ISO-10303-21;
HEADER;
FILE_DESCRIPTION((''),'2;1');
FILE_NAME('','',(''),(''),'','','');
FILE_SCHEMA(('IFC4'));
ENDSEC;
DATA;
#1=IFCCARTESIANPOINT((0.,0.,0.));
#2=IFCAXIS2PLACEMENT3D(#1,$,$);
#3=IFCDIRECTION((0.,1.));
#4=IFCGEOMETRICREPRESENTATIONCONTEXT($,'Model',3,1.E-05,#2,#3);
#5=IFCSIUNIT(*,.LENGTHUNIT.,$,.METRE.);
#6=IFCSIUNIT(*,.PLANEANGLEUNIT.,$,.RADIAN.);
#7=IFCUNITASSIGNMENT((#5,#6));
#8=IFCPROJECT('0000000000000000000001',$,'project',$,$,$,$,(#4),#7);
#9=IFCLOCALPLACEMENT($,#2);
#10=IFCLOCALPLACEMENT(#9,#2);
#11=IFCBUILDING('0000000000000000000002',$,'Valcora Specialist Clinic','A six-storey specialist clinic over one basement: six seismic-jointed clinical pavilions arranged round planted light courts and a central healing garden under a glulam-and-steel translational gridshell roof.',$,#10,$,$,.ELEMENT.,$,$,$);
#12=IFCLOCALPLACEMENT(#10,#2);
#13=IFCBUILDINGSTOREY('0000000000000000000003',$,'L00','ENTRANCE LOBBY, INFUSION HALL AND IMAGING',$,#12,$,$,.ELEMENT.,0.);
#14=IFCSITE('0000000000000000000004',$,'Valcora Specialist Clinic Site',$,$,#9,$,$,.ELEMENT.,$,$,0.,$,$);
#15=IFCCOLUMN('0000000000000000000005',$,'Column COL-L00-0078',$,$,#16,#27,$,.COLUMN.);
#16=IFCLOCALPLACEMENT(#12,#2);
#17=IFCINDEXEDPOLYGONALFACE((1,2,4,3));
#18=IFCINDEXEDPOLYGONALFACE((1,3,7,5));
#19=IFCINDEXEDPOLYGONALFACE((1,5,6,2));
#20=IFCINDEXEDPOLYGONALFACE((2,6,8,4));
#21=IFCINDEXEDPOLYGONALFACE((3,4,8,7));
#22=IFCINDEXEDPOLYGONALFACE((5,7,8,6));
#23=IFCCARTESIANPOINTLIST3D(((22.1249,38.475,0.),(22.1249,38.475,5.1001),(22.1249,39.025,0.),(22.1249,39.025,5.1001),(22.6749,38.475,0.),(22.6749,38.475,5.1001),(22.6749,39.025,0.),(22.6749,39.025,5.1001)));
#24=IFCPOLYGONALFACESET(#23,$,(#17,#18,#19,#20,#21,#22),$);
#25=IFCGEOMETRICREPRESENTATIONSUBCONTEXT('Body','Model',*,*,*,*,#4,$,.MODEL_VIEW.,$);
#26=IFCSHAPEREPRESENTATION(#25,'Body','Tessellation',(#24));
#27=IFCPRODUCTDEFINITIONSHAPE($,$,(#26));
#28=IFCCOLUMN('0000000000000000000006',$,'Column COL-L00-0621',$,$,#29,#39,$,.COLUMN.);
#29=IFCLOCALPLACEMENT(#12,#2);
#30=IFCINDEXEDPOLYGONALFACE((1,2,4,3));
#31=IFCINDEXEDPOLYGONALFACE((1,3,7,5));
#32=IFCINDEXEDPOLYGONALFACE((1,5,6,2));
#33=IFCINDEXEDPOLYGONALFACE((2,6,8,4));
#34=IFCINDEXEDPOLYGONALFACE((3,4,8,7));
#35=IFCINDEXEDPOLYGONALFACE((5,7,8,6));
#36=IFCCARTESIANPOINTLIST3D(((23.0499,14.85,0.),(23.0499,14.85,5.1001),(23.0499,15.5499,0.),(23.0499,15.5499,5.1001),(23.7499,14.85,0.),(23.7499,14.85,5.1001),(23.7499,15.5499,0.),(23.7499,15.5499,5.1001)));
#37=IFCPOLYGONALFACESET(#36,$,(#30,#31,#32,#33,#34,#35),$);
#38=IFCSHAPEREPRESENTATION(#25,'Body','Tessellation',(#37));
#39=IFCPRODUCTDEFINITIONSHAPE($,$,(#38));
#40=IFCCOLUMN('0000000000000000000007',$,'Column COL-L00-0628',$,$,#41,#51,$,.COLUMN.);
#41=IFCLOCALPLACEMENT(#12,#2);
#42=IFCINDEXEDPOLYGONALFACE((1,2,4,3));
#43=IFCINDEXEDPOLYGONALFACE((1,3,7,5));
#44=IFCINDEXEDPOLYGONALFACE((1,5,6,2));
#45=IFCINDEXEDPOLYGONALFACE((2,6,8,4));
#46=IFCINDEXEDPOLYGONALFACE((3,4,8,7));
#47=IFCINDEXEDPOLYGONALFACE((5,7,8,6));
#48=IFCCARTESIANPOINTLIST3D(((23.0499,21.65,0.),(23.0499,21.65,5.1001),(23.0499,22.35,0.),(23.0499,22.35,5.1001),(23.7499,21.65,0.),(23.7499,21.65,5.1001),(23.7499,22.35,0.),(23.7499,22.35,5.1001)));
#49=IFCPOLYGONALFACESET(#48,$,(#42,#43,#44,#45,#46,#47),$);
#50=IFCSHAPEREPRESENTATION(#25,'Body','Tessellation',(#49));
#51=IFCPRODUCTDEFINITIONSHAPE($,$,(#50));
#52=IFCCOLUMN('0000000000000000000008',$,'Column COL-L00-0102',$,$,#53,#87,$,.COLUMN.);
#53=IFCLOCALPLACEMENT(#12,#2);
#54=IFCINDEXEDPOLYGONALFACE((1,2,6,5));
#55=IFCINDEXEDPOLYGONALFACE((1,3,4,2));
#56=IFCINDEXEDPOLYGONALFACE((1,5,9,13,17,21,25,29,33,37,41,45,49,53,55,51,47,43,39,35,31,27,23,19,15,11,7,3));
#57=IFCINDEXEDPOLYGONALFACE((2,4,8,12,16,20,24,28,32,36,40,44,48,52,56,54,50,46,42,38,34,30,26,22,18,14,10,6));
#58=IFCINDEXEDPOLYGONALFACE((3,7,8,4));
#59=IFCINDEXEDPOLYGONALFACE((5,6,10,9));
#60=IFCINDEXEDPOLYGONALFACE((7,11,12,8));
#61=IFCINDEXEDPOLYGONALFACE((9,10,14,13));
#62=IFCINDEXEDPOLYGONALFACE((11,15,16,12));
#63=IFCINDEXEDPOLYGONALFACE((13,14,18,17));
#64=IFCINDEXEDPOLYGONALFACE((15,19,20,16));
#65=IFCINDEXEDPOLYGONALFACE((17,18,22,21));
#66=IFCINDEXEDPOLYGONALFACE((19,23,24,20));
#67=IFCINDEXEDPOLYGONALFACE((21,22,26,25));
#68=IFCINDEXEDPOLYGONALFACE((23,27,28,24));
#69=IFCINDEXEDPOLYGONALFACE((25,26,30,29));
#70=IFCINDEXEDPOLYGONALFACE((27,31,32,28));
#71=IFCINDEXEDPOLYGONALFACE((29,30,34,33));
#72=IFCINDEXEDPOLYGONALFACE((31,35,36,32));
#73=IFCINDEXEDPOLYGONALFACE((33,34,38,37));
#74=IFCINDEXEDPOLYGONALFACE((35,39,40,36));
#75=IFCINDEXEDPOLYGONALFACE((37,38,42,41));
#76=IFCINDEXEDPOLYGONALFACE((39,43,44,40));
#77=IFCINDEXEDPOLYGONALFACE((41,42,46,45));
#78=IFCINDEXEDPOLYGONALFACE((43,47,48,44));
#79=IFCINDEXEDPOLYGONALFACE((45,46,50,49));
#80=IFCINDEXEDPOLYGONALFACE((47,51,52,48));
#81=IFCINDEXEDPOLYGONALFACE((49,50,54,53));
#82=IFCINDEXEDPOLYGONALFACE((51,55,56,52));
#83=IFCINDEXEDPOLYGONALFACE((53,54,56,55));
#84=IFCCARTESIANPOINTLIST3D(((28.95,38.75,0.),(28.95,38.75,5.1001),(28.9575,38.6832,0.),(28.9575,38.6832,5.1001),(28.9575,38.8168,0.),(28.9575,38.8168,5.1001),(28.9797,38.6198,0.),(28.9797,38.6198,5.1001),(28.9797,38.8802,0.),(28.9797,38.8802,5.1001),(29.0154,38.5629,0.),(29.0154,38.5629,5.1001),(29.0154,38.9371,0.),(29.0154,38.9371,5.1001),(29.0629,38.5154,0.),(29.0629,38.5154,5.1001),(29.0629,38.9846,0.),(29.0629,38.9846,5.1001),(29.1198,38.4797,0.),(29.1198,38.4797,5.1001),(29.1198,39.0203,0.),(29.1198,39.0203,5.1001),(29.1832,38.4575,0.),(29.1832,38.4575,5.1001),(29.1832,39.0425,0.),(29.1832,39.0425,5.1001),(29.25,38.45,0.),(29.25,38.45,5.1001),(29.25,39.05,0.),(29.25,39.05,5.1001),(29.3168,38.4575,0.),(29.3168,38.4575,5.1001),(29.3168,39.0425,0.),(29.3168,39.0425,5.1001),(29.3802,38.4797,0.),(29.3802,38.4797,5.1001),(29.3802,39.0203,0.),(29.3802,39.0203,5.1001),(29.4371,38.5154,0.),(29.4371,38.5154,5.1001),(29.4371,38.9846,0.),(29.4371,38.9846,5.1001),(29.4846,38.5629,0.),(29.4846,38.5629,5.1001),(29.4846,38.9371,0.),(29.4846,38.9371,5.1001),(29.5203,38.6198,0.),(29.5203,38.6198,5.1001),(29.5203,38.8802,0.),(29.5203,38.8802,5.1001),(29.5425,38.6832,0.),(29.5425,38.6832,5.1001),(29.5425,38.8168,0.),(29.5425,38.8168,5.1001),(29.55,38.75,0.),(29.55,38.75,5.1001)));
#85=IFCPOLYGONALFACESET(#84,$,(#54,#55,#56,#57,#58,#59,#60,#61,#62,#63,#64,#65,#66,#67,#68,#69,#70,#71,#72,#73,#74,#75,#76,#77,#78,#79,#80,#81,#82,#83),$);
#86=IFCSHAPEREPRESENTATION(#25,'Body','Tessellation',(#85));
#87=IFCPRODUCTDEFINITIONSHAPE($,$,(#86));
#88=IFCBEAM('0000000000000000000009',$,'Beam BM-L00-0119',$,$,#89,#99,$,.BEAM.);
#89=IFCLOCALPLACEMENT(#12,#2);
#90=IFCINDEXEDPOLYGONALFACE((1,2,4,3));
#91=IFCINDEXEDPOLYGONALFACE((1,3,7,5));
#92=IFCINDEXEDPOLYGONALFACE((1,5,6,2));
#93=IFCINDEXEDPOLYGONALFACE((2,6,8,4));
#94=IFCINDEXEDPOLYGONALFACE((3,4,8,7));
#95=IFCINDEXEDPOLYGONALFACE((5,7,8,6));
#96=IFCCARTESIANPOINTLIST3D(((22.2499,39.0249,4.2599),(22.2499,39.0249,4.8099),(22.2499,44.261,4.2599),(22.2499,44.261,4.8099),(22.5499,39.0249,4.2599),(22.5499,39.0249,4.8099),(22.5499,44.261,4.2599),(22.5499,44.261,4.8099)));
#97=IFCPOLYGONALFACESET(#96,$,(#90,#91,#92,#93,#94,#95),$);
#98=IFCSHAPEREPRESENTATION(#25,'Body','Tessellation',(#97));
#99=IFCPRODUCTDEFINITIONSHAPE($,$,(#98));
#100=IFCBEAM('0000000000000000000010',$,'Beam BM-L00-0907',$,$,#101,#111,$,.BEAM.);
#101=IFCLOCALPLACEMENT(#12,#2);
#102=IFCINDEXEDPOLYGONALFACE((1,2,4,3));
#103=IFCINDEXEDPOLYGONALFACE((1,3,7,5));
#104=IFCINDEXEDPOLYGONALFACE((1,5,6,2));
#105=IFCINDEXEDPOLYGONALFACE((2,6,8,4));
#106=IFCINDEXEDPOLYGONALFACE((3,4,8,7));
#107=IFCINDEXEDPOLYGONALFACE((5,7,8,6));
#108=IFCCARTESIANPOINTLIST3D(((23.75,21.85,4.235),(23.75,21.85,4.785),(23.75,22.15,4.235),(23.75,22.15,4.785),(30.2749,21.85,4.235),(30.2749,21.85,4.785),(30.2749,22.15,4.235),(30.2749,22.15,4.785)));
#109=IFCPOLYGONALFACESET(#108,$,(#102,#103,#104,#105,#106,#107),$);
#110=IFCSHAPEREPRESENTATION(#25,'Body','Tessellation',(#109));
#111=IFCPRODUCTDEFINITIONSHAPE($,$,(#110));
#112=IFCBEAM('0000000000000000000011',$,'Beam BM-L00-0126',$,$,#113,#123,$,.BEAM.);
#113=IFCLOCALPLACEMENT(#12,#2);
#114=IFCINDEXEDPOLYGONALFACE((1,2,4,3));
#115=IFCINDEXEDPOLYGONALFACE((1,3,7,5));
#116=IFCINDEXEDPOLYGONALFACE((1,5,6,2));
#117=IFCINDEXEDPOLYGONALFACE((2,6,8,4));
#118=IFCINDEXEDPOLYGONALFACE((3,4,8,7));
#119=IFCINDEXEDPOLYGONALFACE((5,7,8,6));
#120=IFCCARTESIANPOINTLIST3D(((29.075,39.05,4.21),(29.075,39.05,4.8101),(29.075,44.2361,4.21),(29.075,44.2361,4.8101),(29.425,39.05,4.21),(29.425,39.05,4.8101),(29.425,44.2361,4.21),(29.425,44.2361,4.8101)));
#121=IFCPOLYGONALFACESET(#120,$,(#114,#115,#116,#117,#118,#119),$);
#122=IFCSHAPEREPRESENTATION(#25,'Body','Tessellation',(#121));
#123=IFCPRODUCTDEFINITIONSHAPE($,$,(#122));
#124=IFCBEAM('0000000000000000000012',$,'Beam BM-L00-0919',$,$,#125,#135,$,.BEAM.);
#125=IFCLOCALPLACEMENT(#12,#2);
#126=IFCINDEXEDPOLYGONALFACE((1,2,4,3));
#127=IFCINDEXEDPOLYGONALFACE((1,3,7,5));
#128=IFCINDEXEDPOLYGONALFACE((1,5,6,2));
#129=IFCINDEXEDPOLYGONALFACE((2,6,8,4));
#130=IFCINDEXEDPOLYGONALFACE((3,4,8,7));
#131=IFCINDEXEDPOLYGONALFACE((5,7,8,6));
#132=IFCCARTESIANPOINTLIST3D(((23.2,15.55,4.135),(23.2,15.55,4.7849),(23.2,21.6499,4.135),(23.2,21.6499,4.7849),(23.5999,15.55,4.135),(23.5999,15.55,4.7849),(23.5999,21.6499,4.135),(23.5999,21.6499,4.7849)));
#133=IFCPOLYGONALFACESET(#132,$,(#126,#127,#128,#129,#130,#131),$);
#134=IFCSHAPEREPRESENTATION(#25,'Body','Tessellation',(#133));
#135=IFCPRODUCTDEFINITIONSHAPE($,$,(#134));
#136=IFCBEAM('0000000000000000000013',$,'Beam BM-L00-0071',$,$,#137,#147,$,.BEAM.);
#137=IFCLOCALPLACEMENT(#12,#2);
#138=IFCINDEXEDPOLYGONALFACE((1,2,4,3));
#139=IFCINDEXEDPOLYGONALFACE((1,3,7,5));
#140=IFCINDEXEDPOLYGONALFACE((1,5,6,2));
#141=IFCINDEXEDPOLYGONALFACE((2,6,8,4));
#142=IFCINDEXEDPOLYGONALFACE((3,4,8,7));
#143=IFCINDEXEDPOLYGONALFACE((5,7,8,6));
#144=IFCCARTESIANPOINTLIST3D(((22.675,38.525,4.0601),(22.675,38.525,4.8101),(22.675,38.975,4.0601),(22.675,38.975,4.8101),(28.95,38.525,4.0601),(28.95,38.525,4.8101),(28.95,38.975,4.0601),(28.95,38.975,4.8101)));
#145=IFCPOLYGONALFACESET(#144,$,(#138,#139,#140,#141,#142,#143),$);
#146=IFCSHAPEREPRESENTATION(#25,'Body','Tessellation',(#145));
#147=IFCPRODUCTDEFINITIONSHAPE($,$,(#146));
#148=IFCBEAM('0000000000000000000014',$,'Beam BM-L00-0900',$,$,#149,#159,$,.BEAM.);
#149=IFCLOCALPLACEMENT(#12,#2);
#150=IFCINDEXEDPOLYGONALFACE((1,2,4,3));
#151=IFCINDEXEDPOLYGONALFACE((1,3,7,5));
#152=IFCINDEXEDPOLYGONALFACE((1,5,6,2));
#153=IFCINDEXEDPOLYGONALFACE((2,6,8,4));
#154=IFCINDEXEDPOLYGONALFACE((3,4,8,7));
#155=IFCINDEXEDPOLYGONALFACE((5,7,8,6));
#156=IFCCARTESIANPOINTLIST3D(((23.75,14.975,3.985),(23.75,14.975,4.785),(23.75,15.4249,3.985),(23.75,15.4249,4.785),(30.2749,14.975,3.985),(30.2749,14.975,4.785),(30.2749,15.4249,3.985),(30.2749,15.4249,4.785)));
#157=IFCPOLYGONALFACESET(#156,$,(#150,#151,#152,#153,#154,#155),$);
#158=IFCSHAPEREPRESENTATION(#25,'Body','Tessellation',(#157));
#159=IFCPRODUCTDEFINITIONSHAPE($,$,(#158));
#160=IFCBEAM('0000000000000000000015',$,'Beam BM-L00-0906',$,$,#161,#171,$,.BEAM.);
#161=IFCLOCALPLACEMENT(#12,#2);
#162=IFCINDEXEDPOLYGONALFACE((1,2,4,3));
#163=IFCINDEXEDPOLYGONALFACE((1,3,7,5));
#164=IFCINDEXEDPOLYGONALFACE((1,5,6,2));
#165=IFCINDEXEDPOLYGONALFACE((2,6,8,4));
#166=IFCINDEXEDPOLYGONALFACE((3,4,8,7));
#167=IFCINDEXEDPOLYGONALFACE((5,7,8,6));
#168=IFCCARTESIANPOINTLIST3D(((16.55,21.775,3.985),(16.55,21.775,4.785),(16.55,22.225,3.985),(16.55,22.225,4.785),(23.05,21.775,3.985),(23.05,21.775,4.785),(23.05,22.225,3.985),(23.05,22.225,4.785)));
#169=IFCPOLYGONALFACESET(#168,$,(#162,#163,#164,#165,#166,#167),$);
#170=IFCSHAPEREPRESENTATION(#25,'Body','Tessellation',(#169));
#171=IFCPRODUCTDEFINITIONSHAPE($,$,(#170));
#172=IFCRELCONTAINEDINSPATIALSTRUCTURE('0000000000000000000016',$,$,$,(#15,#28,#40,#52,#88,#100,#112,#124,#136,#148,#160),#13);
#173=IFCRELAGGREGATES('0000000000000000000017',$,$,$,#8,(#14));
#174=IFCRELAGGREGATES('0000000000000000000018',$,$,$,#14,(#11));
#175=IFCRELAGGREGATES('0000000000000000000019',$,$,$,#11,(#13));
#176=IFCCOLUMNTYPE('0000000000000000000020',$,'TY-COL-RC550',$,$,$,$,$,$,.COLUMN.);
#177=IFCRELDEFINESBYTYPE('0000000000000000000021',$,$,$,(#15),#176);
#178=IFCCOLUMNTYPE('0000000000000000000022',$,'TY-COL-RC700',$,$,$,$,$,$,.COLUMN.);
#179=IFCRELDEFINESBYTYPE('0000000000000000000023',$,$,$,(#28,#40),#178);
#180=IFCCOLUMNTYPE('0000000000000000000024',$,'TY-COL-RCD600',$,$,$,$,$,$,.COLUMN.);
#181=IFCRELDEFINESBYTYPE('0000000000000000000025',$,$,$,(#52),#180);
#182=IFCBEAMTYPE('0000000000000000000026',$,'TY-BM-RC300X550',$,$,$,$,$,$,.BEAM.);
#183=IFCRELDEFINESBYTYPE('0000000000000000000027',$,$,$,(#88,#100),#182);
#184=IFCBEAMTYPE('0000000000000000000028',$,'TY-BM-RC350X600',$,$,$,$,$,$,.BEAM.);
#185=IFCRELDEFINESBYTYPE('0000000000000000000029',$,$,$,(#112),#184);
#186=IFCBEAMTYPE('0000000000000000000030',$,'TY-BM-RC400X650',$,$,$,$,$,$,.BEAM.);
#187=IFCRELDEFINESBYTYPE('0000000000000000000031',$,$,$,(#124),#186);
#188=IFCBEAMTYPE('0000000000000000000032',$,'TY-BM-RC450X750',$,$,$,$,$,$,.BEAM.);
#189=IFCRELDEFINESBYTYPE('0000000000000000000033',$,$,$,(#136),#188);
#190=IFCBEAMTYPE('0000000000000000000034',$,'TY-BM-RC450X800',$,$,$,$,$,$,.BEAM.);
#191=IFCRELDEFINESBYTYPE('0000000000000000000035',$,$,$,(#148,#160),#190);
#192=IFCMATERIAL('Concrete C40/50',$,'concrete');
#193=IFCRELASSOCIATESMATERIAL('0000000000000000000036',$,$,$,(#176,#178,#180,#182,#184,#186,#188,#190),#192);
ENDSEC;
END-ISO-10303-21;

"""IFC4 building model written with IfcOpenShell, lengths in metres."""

from ifc_helpers import new_model, si_unit, direction, frame, origin, origin_2d, place, context, subcontext, project, spatial, rectangle, circle, extrude, material, material_profile, profile_set, type_object, element, save


model = new_model("IFC4")

# Units and contexts
model_context = context("Model", 3, precision=1e-05, world=origin(), true_north=direction((0.0, 1.0)))
body_context = subcontext(model_context, "Body", "Model", "MODEL_VIEW")
ifc_project = project(units=[si_unit("LENGTHUNIT", "METRE"), si_unit("PLANEANGLEUNIT", "RADIAN")], contexts=[model_context])

# Site, building, storey
site_placement = place(None, origin())
site = spatial("IfcSite", under=ifc_project, at=site_placement, Name="Valcora Specialist Clinic Site", CompositionType="ELEMENT", RefElevation=0.0)
building_placement = place(site_placement, origin())
building = spatial("IfcBuilding", under=site, at=building_placement, Name="Valcora Specialist Clinic", Description="A six-storey specialist clinic over one basement: six seismic-jointed clinical pavilions arranged round planted light courts and a central healing garden under a glulam-and-steel translational gridshell roof.", CompositionType="ELEMENT")
storey_placement = place(building_placement, origin())
storey = spatial("IfcBuildingStorey", under=building, at=storey_placement, Name="L00", Description="ENTRANCE LOBBY, INFUSION HALL AND IMAGING", CompositionType="ELEMENT", Elevation=0.0)

# Columns
ifc_material_1 = material(Name="Concrete C40/50", Category="concrete")
ifc_material_profile_1 = material_profile(ifc_material_1, rectangle(XDim=0.55, YDim=0.55, at=origin_2d()), Name="RC-COL-550X550")
ifc_profile_set_1 = profile_set([ifc_material_profile_1], Name="Concrete C40/50")
column_type_1 = type_object("IfcColumnType", Name="TY-COL-RC550", PredefinedType="COLUMN", material=ifc_profile_set_1)
column_1_placement = place(storey_placement, frame((22.3999, 38.75, 0.0), z_axis=(0.0, 0.0, 1.0), x_axis=(1.0, 0.0, 0.0)))
element("IfcColumn", 1, at=column_1_placement, inside=storey, type_object=column_type_1, Name="Column COL-L00-0078", PredefinedType="COLUMN", context=body_context, shape_type="SweptSolid", body=[
    extrude(rectangle(XDim=0.55, YDim=0.55, at=origin_2d()), origin(), (0.0, 0.0, 1.0), 5.1001),
])
ifc_material_profile_2 = material_profile(ifc_material_1, rectangle(XDim=0.7, YDim=0.7, at=origin_2d()), Name="RC-COL-700X700")
ifc_profile_set_2 = profile_set([ifc_material_profile_2], Name="Concrete C40/50")
column_type_2 = type_object("IfcColumnType", Name="TY-COL-RC700", PredefinedType="COLUMN", material=ifc_profile_set_2)
for number, where, z_axis, x_axis, name in (
    (2, (23.3999, 15.2, 0.0), (0.0, 0.0, 1.0), (1.0, 0.0, 0.0), "Column COL-L00-0621"),
    (3, (23.3999, 22.0, 0.0), (0.0, 0.0, 1.0), (1.0, 0.0, 0.0), "Column COL-L00-0628"),
):
    element("IfcColumn", number, at=place(storey_placement, frame(where, z_axis=z_axis, x_axis=x_axis)), inside=storey, type_object=column_type_2, Name=name, PredefinedType="COLUMN", context=body_context, shape_type="SweptSolid", body=[
        extrude(rectangle(XDim=0.7, YDim=0.7, at=origin_2d()), origin(), (0.0, 0.0, 1.0), 5.1001),
    ])
ifc_material_profile_3 = material_profile(ifc_material_1, circle(Radius=0.3, at=origin_2d()), Name="RC-COL-D600")
ifc_profile_set_3 = profile_set([ifc_material_profile_3], Name="Concrete C40/50")
column_type_3 = type_object("IfcColumnType", Name="TY-COL-RCD600", PredefinedType="COLUMN", material=ifc_profile_set_3)
column_2_placement = place(storey_placement, frame((29.25, 38.75, 0.0), z_axis=(0.0, 0.0, 1.0), x_axis=(1.0, 0.0, 0.0)))
element("IfcColumn", 4, at=column_2_placement, inside=storey, type_object=column_type_3, Name="Column COL-L00-0102", PredefinedType="COLUMN", context=body_context, shape_type="SweptSolid", body=[
    extrude(circle(Radius=0.3, at=origin_2d()), origin(), (0.0, 0.0, 1.0), 5.1001),
])

# Beams
ifc_material_profile_4 = material_profile(ifc_material_1, rectangle(XDim=0.3, YDim=0.55, at=origin_2d()), Name="RC-BM-300X550")
ifc_profile_set_4 = profile_set([ifc_material_profile_4], Name="Concrete C40/50")
beam_type_1 = type_object("IfcBeamType", Name="TY-BM-RC300X550", PredefinedType="BEAM", material=ifc_profile_set_4)
beam_1_placement = place(storey_placement, frame((22.3999, 39.0249, 4.5349), z_axis=(0.0, 1.0, 0.0), x_axis=(-1.0, 0.0, 0.0)))
element("IfcBeam", 5, at=beam_1_placement, inside=storey, type_object=beam_type_1, Name="Beam BM-L00-0119", PredefinedType="BEAM", context=body_context, shape_type="SweptSolid", body=[
    extrude(rectangle(XDim=0.3, YDim=0.55, at=origin_2d()), origin(), (0.0, 0.0, 1.0), 5.2361),
])
beam_2_placement = place(storey_placement, frame((23.75, 22.0, 4.51), z_axis=(1.0, 0.0, 0.0), x_axis=(0.0, 1.0, 0.0)))
element("IfcBeam", 6, at=beam_2_placement, inside=storey, type_object=beam_type_1, Name="Beam BM-L00-0907", PredefinedType="BEAM", context=body_context, shape_type="SweptSolid", body=[
    extrude(rectangle(XDim=0.3, YDim=0.55, at=origin_2d()), origin(), (0.0, 0.0, 1.0), 6.5249),
])
ifc_material_profile_5 = material_profile(ifc_material_1, rectangle(XDim=0.3501, YDim=0.6001, at=origin_2d()), Name="RC-BM-350X600")
ifc_profile_set_5 = profile_set([ifc_material_profile_5], Name="Concrete C40/50")
beam_type_2 = type_object("IfcBeamType", Name="TY-BM-RC350X600", PredefinedType="BEAM", material=ifc_profile_set_5)
beam_3_placement = place(storey_placement, frame((29.25, 39.05, 4.51), z_axis=(0.0, 1.0, 0.0), x_axis=(-1.0, 0.0, 0.0)))
element("IfcBeam", 7, at=beam_3_placement, inside=storey, type_object=beam_type_2, Name="Beam BM-L00-0126", PredefinedType="BEAM", context=body_context, shape_type="SweptSolid", body=[
    extrude(rectangle(XDim=0.3501, YDim=0.6001, at=origin_2d()), origin(), (0.0, 0.0, 1.0), 5.186),
])
ifc_material_profile_6 = material_profile(ifc_material_1, rectangle(XDim=0.3999, YDim=0.6499, at=origin_2d()), Name="RC-BM-400X650")
ifc_profile_set_6 = profile_set([ifc_material_profile_6], Name="Concrete C40/50")
beam_type_3 = type_object("IfcBeamType", Name="TY-BM-RC400X650", PredefinedType="BEAM", material=ifc_profile_set_6)
beam_4_placement = place(storey_placement, frame((23.3999, 15.55, 4.46), z_axis=(0.0, 1.0, 0.0), x_axis=(-1.0, 0.0, 0.0)))
element("IfcBeam", 8, at=beam_4_placement, inside=storey, type_object=beam_type_3, Name="Beam BM-L00-0919", PredefinedType="BEAM", context=body_context, shape_type="SweptSolid", body=[
    extrude(rectangle(XDim=0.3999, YDim=0.6499, at=origin_2d()), origin(), (0.0, 0.0, 1.0), 6.0999),
])
ifc_material_profile_7 = material_profile(ifc_material_1, rectangle(XDim=0.45, YDim=0.75, at=origin_2d()), Name="RC-BM-450X750")
ifc_profile_set_7 = profile_set([ifc_material_profile_7], Name="Concrete C40/50")
beam_type_4 = type_object("IfcBeamType", Name="TY-BM-RC450X750", PredefinedType="BEAM", material=ifc_profile_set_7)
beam_5_placement = place(storey_placement, frame((22.675, 38.75, 4.4351), z_axis=(1.0, 0.0, 0.0), x_axis=(0.0, 1.0, 0.0)))
element("IfcBeam", 9, at=beam_5_placement, inside=storey, type_object=beam_type_4, Name="Beam BM-L00-0071", PredefinedType="BEAM", context=body_context, shape_type="SweptSolid", body=[
    extrude(rectangle(XDim=0.45, YDim=0.75, at=origin_2d()), origin(), (0.0, 0.0, 1.0), 6.2749),
])
ifc_material_profile_8 = material_profile(ifc_material_1, rectangle(XDim=0.45, YDim=0.8, at=origin_2d()), Name="RC-BM-450X800")
ifc_profile_set_8 = profile_set([ifc_material_profile_8], Name="Concrete C40/50")
beam_type_5 = type_object("IfcBeamType", Name="TY-BM-RC450X800", PredefinedType="BEAM", material=ifc_profile_set_8)
beam_6_placement = place(storey_placement, frame((23.75, 15.2, 4.385), z_axis=(1.0, 0.0, 0.0), x_axis=(0.0, 1.0, 0.0)))
element("IfcBeam", 10, at=beam_6_placement, inside=storey, type_object=beam_type_5, Name="Beam BM-L00-0900", PredefinedType="BEAM", context=body_context, shape_type="SweptSolid", body=[
    extrude(rectangle(XDim=0.45, YDim=0.8, at=origin_2d()), origin(), (0.0, 0.0, 1.0), 6.5249),
])
beam_7_placement = place(storey_placement, frame((16.55, 22.0, 4.385), z_axis=(1.0, 0.0, 0.0), x_axis=(0.0, 1.0, 0.0)))
element("IfcBeam", 11, at=beam_7_placement, inside=storey, type_object=beam_type_5, Name="Beam BM-L00-0906", PredefinedType="BEAM", context=body_context, shape_type="SweptSolid", body=[
    extrude(rectangle(XDim=0.45, YDim=0.8, at=origin_2d()), origin(), (0.0, 0.0, 1.0), 6.5),
])

save(model, "model.ifc")
